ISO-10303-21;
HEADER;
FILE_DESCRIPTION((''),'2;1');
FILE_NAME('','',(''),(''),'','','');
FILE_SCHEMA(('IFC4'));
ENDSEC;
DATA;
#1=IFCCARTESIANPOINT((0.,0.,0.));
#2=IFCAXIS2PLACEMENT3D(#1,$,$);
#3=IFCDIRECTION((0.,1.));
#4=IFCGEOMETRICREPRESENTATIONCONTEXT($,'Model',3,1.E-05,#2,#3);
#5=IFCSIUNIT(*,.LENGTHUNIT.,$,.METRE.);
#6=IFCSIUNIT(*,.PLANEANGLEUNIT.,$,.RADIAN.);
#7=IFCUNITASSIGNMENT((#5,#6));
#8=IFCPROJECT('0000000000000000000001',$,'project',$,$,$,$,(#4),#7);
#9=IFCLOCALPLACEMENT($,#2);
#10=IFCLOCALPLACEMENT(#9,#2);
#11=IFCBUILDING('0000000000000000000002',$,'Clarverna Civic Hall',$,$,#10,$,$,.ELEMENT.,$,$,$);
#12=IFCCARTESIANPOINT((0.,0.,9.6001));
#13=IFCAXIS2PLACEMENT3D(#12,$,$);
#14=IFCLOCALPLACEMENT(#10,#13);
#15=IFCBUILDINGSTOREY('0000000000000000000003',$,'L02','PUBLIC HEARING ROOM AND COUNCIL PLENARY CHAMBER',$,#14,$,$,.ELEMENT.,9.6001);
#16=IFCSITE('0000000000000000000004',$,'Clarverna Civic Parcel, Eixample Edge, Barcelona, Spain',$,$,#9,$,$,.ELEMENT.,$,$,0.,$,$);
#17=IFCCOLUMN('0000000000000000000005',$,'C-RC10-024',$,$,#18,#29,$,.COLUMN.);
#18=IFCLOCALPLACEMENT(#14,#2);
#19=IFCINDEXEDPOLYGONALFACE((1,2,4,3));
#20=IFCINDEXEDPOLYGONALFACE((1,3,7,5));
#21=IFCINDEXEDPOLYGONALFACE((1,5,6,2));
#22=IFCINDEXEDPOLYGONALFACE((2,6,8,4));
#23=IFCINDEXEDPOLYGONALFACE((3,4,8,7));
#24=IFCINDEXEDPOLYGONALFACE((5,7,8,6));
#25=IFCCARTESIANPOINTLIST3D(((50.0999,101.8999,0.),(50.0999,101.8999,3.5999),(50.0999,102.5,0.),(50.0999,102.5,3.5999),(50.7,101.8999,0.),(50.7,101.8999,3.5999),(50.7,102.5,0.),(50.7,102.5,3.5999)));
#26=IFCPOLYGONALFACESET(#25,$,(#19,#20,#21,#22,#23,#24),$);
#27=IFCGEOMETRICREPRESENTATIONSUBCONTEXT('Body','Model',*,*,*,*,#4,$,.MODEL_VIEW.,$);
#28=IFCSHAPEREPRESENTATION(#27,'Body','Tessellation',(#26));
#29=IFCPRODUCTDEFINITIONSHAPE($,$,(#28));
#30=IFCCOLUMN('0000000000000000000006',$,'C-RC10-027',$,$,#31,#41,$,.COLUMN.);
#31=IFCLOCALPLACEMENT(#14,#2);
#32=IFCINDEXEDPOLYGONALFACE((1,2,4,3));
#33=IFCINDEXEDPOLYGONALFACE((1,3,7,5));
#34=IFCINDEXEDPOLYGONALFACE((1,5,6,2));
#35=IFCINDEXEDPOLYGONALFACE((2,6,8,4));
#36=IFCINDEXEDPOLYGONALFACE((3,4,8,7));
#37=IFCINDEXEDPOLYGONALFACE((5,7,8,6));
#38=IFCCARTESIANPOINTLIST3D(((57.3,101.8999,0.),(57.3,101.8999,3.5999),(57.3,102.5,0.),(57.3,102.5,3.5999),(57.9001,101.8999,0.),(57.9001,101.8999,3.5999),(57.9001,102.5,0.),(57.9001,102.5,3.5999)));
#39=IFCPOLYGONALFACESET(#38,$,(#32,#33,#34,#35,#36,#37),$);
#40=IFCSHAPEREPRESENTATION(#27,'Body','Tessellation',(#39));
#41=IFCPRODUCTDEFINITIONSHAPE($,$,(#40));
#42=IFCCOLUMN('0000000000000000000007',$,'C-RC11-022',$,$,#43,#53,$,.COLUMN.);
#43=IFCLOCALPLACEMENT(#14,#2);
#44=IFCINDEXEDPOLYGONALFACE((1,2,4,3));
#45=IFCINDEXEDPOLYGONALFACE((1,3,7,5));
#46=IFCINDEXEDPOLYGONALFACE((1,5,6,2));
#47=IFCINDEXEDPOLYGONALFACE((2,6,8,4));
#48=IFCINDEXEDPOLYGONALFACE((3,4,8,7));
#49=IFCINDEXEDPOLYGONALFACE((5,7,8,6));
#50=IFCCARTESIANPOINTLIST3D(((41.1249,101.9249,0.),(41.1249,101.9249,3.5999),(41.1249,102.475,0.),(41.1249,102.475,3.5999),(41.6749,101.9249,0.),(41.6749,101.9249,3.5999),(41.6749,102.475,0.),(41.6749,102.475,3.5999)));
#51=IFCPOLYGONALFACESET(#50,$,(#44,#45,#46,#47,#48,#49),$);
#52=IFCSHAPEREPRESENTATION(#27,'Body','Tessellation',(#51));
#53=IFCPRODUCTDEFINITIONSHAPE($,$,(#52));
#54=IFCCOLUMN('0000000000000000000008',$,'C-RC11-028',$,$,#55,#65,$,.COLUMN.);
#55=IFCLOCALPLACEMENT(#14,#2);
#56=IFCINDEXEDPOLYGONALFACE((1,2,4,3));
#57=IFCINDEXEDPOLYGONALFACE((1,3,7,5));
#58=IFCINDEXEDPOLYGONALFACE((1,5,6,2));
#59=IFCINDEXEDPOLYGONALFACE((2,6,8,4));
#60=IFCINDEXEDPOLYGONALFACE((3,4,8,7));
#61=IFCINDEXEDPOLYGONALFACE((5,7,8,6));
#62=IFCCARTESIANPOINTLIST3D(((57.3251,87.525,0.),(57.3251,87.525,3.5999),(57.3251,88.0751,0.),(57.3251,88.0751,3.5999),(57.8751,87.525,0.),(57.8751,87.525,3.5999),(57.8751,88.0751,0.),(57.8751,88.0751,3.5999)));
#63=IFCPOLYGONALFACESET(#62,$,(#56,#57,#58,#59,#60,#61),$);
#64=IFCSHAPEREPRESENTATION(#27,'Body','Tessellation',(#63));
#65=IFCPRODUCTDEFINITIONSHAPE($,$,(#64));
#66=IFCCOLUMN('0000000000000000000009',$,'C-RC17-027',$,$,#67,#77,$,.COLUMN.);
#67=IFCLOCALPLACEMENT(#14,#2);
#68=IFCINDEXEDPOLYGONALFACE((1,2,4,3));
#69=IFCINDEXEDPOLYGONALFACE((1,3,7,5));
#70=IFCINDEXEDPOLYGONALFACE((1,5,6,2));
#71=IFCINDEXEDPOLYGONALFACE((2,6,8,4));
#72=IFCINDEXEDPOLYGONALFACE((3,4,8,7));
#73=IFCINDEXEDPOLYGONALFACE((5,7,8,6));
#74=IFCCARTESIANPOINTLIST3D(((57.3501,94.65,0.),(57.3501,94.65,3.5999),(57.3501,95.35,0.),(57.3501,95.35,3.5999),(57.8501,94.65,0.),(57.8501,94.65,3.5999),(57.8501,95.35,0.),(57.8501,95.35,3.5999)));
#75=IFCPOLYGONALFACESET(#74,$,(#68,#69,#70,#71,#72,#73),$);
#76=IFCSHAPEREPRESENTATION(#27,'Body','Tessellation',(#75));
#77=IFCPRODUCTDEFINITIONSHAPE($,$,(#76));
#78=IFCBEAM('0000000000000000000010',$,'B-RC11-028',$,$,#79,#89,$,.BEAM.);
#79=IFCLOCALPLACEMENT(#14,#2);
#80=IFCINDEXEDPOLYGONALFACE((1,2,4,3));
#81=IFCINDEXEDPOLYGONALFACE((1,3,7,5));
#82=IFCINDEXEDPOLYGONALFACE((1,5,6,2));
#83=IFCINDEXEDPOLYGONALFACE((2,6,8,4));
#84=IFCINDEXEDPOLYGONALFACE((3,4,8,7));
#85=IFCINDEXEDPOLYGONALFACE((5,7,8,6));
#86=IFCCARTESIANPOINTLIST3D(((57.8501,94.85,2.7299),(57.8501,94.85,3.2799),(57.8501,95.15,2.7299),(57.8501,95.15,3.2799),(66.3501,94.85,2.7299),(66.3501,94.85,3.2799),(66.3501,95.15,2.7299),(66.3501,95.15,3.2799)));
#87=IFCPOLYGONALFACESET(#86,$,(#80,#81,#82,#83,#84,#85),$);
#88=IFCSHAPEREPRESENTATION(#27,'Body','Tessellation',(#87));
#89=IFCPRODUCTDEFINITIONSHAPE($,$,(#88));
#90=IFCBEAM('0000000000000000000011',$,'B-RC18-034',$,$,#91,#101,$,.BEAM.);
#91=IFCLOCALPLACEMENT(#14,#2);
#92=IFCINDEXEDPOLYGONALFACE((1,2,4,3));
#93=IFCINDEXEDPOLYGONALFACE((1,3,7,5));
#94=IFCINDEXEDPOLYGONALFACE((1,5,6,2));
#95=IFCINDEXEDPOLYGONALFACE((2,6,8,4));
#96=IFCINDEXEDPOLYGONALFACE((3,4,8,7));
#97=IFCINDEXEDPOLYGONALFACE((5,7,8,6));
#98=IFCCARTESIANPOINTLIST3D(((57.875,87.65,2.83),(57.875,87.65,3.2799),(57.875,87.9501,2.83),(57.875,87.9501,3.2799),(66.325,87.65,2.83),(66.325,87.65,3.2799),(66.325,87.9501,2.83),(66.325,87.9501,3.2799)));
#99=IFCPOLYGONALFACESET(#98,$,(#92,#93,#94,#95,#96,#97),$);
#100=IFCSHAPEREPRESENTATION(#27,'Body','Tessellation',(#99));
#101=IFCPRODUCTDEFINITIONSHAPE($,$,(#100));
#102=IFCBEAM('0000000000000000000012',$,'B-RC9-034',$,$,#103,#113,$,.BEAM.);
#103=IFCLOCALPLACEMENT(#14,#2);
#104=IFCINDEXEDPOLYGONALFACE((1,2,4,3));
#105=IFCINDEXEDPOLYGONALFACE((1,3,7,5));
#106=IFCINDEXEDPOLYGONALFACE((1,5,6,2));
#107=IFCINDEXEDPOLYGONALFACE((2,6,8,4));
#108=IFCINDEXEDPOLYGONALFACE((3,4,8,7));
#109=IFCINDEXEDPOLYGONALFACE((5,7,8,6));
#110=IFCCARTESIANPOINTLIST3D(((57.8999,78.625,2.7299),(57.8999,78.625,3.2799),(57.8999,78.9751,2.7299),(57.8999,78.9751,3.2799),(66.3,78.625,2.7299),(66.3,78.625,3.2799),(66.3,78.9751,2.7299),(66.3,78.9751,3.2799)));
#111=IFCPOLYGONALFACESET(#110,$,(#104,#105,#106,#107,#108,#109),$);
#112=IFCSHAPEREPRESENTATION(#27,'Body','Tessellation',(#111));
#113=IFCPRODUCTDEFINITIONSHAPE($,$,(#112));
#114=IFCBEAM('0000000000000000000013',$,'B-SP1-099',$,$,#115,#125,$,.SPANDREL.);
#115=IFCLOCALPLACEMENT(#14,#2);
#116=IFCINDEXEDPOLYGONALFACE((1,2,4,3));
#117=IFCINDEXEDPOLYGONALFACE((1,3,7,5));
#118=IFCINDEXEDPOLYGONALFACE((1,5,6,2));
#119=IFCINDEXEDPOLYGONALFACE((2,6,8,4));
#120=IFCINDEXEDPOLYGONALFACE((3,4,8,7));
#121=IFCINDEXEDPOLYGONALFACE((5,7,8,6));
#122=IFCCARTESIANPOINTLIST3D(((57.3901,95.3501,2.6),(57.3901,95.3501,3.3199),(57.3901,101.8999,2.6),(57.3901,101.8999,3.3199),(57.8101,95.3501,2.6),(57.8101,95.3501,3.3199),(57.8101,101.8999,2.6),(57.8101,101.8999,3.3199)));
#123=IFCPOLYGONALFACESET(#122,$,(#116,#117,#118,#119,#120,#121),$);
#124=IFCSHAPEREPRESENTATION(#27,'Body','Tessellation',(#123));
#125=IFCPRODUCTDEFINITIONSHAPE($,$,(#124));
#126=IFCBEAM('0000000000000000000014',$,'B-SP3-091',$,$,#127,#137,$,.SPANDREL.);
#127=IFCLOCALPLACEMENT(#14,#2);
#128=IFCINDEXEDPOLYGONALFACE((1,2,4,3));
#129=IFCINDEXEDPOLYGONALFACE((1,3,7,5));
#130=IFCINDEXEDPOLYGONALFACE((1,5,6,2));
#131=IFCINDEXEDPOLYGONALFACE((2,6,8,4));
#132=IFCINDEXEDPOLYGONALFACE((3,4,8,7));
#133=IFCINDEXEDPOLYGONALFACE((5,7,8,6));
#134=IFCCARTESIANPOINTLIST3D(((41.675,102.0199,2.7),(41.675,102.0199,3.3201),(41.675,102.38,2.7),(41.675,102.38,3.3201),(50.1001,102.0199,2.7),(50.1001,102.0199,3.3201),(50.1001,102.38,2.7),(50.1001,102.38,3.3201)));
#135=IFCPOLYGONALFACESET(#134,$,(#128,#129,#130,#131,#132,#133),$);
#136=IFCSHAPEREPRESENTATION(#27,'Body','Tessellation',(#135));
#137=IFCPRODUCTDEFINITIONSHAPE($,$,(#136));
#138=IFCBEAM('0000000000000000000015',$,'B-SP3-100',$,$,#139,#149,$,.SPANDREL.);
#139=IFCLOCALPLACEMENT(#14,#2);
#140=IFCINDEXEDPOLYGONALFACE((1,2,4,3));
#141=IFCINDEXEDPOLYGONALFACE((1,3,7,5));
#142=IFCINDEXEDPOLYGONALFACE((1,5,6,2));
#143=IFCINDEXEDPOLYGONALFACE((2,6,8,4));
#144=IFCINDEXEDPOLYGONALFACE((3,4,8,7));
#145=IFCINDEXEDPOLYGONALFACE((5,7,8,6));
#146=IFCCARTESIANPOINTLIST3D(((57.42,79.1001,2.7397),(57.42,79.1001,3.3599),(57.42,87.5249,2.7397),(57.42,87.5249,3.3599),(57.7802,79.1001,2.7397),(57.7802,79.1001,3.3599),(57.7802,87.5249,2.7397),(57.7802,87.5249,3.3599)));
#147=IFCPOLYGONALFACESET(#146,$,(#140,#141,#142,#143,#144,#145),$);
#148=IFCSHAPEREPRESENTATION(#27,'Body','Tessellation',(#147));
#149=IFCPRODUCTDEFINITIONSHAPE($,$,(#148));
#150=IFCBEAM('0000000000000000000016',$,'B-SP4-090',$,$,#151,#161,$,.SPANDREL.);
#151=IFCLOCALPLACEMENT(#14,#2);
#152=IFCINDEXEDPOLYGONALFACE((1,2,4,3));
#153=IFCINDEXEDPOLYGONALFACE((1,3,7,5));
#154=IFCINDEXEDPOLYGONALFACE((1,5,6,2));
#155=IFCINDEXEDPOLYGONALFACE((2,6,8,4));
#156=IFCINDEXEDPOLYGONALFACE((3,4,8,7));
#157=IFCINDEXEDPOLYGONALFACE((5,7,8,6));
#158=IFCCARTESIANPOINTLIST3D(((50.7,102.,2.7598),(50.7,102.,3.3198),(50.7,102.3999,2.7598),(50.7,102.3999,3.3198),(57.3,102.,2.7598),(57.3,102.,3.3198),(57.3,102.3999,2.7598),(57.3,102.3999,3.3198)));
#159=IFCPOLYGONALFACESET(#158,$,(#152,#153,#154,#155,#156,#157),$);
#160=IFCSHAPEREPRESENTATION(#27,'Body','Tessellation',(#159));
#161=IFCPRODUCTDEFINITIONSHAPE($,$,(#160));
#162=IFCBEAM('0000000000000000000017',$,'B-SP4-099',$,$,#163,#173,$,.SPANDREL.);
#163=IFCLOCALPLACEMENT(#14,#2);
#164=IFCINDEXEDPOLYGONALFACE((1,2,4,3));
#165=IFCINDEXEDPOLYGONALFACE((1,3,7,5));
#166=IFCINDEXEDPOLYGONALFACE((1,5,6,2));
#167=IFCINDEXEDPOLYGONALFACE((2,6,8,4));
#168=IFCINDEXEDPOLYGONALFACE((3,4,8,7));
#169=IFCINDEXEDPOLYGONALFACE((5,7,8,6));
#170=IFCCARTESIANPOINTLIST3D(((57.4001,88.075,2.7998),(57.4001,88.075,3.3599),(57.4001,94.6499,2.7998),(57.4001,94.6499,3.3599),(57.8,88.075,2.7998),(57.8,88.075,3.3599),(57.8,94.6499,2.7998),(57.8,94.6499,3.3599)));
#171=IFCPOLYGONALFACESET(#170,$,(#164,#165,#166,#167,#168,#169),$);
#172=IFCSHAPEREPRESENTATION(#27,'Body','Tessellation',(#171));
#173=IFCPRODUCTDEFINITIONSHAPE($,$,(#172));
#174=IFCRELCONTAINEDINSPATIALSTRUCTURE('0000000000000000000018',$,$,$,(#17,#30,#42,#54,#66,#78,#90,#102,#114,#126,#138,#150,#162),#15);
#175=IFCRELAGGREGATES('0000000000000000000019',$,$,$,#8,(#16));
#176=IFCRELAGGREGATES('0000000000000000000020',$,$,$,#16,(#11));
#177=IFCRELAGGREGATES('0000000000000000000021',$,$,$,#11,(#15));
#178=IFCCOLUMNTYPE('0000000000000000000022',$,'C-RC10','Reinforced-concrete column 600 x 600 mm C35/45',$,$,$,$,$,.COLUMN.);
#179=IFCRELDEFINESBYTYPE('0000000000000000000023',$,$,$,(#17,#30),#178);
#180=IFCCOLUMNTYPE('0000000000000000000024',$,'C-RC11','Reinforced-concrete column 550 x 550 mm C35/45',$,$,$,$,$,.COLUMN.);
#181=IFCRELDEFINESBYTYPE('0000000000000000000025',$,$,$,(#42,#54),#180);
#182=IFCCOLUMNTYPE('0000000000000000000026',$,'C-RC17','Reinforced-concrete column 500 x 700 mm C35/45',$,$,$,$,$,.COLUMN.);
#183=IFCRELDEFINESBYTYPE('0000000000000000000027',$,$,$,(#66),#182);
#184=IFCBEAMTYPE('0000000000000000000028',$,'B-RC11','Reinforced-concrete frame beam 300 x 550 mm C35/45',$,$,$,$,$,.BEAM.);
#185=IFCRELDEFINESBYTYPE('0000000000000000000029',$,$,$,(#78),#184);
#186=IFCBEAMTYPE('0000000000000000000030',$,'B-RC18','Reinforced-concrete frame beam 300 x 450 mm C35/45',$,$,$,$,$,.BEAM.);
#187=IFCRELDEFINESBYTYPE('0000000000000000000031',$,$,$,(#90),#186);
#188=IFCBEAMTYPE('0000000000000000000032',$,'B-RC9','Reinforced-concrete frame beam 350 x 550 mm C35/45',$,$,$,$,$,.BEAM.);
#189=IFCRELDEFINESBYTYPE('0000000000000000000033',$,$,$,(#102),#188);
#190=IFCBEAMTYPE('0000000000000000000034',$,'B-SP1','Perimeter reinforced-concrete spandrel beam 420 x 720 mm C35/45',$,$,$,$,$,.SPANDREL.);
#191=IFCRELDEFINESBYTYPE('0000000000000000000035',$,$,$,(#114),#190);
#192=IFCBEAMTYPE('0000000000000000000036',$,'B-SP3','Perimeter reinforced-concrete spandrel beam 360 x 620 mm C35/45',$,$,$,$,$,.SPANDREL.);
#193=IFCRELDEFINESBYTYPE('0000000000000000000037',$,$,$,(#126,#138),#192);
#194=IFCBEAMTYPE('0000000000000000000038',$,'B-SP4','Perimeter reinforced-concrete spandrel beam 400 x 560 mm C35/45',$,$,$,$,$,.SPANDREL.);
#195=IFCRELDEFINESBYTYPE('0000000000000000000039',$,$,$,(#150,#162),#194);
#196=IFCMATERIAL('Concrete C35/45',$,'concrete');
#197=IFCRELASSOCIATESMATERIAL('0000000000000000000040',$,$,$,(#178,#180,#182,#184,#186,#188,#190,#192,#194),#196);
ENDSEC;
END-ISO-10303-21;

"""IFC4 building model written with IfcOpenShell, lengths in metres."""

from ifc_helpers import new_model, si_unit, direction, frame, origin, origin_2d, place, context, subcontext, project, spatial, rectangle, extrude, material, material_profile, profile_set, type_object, element, save


model = new_model("IFC4")

# Units and contexts
model_context = context("Model", 3, precision=1e-05, world=origin(), true_north=direction((0.0, 1.0)))
body_context = subcontext(model_context, "Body", "Model", "MODEL_VIEW")
ifc_project = project(units=[si_unit("LENGTHUNIT", "METRE"), si_unit("PLANEANGLEUNIT", "RADIAN")], contexts=[model_context])

# Site, building, storey
site_placement = place(None, origin())
site = spatial("IfcSite", under=ifc_project, at=site_placement, Name="Clarverna Civic Parcel, Eixample Edge, Barcelona, Spain", CompositionType="ELEMENT", RefElevation=0.0)
building_placement = place(site_placement, origin())
building = spatial("IfcBuilding", under=site, at=building_placement, Name="Clarverna Civic Hall", CompositionType="ELEMENT")
storey_placement = place(building_placement, frame((0.0, 0.0, 9.6001)))
storey = spatial("IfcBuildingStorey", under=building, at=storey_placement, Name="L02", Description="PUBLIC HEARING ROOM AND COUNCIL PLENARY CHAMBER", CompositionType="ELEMENT", Elevation=9.6001)

# Columns
ifc_material_1 = material(Name="Concrete C35/45", Category="concrete")
ifc_material_profile_1 = material_profile(ifc_material_1, rectangle(XDim=0.6001, YDim=0.6001, at=origin_2d()), Name="RC 600x600")
ifc_profile_set_1 = profile_set([ifc_material_profile_1], Name="Concrete C35/45")
column_type_1 = type_object("IfcColumnType", Name="C-RC10", Description="Reinforced-concrete column 600 x 600 mm C35/45", PredefinedType="COLUMN", material=ifc_profile_set_1)
for number, where, z_axis, x_axis, name in (
    (1, (50.3999, 102.2, 0.0), (0.0, 0.0, 1.0), (1.0, 0.0, 0.0), "C-RC10-024"),
    (2, (57.6001, 102.2, 0.0), (0.0, 0.0, 1.0), (1.0, 0.0, 0.0), "C-RC10-027"),
):
    element("IfcColumn", number, at=place(storey_placement, frame(where, z_axis=z_axis, x_axis=x_axis)), inside=storey, type_object=column_type_1, Name=name, PredefinedType="COLUMN", context=body_context, shape_type="SweptSolid", body=[
        extrude(rectangle(XDim=0.6001, YDim=0.6001, at=origin_2d()), origin(), (0.0, 0.0, 1.0), 3.5999),
    ])
ifc_material_profile_2 = material_profile(ifc_material_1, rectangle(XDim=0.55, YDim=0.55, at=origin_2d()), Name="RC 550x550")
ifc_profile_set_2 = profile_set([ifc_material_profile_2], Name="Concrete C35/45")
column_type_2 = type_object("IfcColumnType", Name="C-RC11", Description="Reinforced-concrete column 550 x 550 mm C35/45", PredefinedType="COLUMN", material=ifc_profile_set_2)
for number, where, z_axis, x_axis, name in (
    (3, (41.3999, 102.2, 0.0), (0.0, 0.0, 1.0), (1.0, 0.0, 0.0), "C-RC11-022"),
    (4, (57.6001, 87.8, 0.0), (0.0, 0.0, 1.0), (1.0, 0.0, 0.0), "C-RC11-028"),
):
    element("IfcColumn", number, at=place(storey_placement, frame(where, z_axis=z_axis, x_axis=x_axis)), inside=storey, type_object=column_type_2, Name=name, PredefinedType="COLUMN", context=body_context, shape_type="SweptSolid", body=[
        extrude(rectangle(XDim=0.55, YDim=0.55, at=origin_2d()), origin(), (0.0, 0.0, 1.0), 3.5999),
    ])
ifc_material_profile_3 = material_profile(ifc_material_1, rectangle(XDim=0.5, YDim=0.7, at=origin_2d()), Name="RC 500x700")
ifc_profile_set_3 = profile_set([ifc_material_profile_3], Name="Concrete C35/45")
column_type_3 = type_object("IfcColumnType", Name="C-RC17", Description="Reinforced-concrete column 500 x 700 mm C35/45", PredefinedType="COLUMN", material=ifc_profile_set_3)
column_placement = place(storey_placement, frame((57.6001, 95.0, 0.0), z_axis=(0.0, 0.0, 1.0), x_axis=(1.0, 0.0, 0.0)))
element("IfcColumn", 5, at=column_placement, inside=storey, type_object=column_type_3, Name="C-RC17-027", PredefinedType="COLUMN", context=body_context, shape_type="SweptSolid", body=[
    extrude(rectangle(XDim=0.5, YDim=0.7, at=origin_2d()), origin(), (0.0, 0.0, 1.0), 3.5999),
])

# Beams
ifc_material_profile_4 = material_profile(ifc_material_1, rectangle(XDim=0.3, YDim=0.55, at=origin_2d()), Name="RC 300x550")
ifc_profile_set_4 = profile_set([ifc_material_profile_4], Name="Concrete C35/45")
beam_type_1 = type_object("IfcBeamType", Name="B-RC11", Description="Reinforced-concrete frame beam 300 x 550 mm C35/45", PredefinedType="BEAM", material=ifc_profile_set_4)
beam_1_placement = place(storey_placement, frame((57.8501, 95.0, 3.0049), z_axis=(1.0, 0.0, 0.0), x_axis=(0.0, 1.0, 0.0)))
element("IfcBeam", 6, at=beam_1_placement, inside=storey, type_object=beam_type_1, Name="B-RC11-028", PredefinedType="BEAM", context=body_context, shape_type="SweptSolid", body=[
    extrude(rectangle(XDim=0.3, YDim=0.55, at=origin_2d()), origin(), (0.0, 0.0, 1.0), 8.5),
])
ifc_material_profile_5 = material_profile(ifc_material_1, rectangle(XDim=0.3, YDim=0.45, at=origin_2d()), Name="RC 300x450")
ifc_profile_set_5 = profile_set([ifc_material_profile_5], Name="Concrete C35/45")
beam_type_2 = type_object("IfcBeamType", Name="B-RC18", Description="Reinforced-concrete frame beam 300 x 450 mm C35/45", PredefinedType="BEAM", material=ifc_profile_set_5)
beam_2_placement = place(storey_placement, frame((57.875, 87.8, 3.0549), z_axis=(1.0, 0.0, 0.0), x_axis=(0.0, 1.0, 0.0)))
element("IfcBeam", 7, at=beam_2_placement, inside=storey, type_object=beam_type_2, Name="B-RC18-034", PredefinedType="BEAM", context=body_context, shape_type="SweptSolid", body=[
    extrude(rectangle(XDim=0.3, YDim=0.45, at=origin_2d()), origin(), (0.0, 0.0, 1.0), 8.45),
])
ifc_material_profile_6 = material_profile(ifc_material_1, rectangle(XDim=0.3501, YDim=0.55, at=origin_2d()), Name="RC 350x550")
ifc_profile_set_6 = profile_set([ifc_material_profile_6], Name="Concrete C35/45")
beam_type_3 = type_object("IfcBeamType", Name="B-RC9", Description="Reinforced-concrete frame beam 350 x 550 mm C35/45", PredefinedType="BEAM", material=ifc_profile_set_6)
beam_3_placement = place(storey_placement, frame((57.8999, 78.8, 3.0049), z_axis=(1.0, 0.0, 0.0), x_axis=(0.0, 1.0, 0.0)))
element("IfcBeam", 8, at=beam_3_placement, inside=storey, type_object=beam_type_3, Name="B-RC9-034", PredefinedType="BEAM", context=body_context, shape_type="SweptSolid", body=[
    extrude(rectangle(XDim=0.3501, YDim=0.55, at=origin_2d()), origin(), (0.0, 0.0, 1.0), 8.4001),
])
ifc_material_profile_7 = material_profile(ifc_material_1, rectangle(XDim=0.4199, YDim=0.72, at=origin_2d()), Name="RC 420x720")
ifc_profile_set_7 = profile_set([ifc_material_profile_7], Name="Concrete C35/45")
beam_type_4 = type_object("IfcBeamType", Name="B-SP1", Description="Perimeter reinforced-concrete spandrel beam 420 x 720 mm C35/45", PredefinedType="SPANDREL", material=ifc_profile_set_7)
beam_4_placement = place(storey_placement, frame((57.6001, 95.3501, 2.96), z_axis=(0.0, 1.0, 0.0), x_axis=(-1.0, 0.0, 0.0)))
element("IfcBeam", 9, at=beam_4_placement, inside=storey, type_object=beam_type_4, Name="B-SP1-099", PredefinedType="SPANDREL", context=body_context, shape_type="SweptSolid", body=[
    extrude(rectangle(XDim=0.4199, YDim=0.72, at=origin_2d()), origin(), (0.0, 0.0, 1.0), 6.5498),
])
ifc_material_profile_8 = material_profile(ifc_material_1, rectangle(XDim=0.3601, YDim=0.6201, at=origin_2d()), Name="RC 360x620")
ifc_profile_set_8 = profile_set([ifc_material_profile_8], Name="Concrete C35/45")
beam_type_5 = type_object("IfcBeamType", Name="B-SP3", Description="Perimeter reinforced-concrete spandrel beam 360 x 620 mm C35/45", PredefinedType="SPANDREL", material=ifc_profile_set_8)
beam_5_placement = place(storey_placement, frame((41.675, 102.2, 3.01), z_axis=(1.0, 0.0, 0.0), x_axis=(0.0, 1.0, 0.0)))
element("IfcBeam", 10, at=beam_5_placement, inside=storey, type_object=beam_type_5, Name="B-SP3-091", PredefinedType="SPANDREL", context=body_context, shape_type="SweptSolid", body=[
    extrude(rectangle(XDim=0.3601, YDim=0.6201, at=origin_2d()), origin(), (0.0, 0.0, 1.0), 8.425),
])
beam_6_placement = place(storey_placement, frame((57.6001, 79.1001, 3.0498), z_axis=(0.0, 1.0, 0.0), x_axis=(-1.0, 0.0, 0.0)))
element("IfcBeam", 11, at=beam_6_placement, inside=storey, type_object=beam_type_5, Name="B-SP3-100", PredefinedType="SPANDREL", context=body_context, shape_type="SweptSolid", body=[
    extrude(rectangle(XDim=0.3601, YDim=0.6201, at=origin_2d()), origin(), (0.0, 0.0, 1.0), 8.4248),
])
ifc_material_profile_9 = material_profile(ifc_material_1, rectangle(XDim=0.3999, YDim=0.5601, at=origin_2d()), Name="RC 400x560")
ifc_profile_set_9 = profile_set([ifc_material_profile_9], Name="Concrete C35/45")
beam_type_6 = type_object("IfcBeamType", Name="B-SP4", Description="Perimeter reinforced-concrete spandrel beam 400 x 560 mm C35/45", PredefinedType="SPANDREL", material=ifc_profile_set_9)
beam_7_placement = place(storey_placement, frame((50.7, 102.2, 3.0398), z_axis=(1.0, 0.0, 0.0), x_axis=(0.0, 1.0, 0.0)))
element("IfcBeam", 12, at=beam_7_placement, inside=storey, type_object=beam_type_6, Name="B-SP4-090", PredefinedType="SPANDREL", context=body_context, shape_type="SweptSolid", body=[
    extrude(rectangle(XDim=0.3999, YDim=0.5601, at=origin_2d()), origin(), (0.0, 0.0, 1.0), 6.6001),
])
beam_8_placement = place(storey_placement, frame((57.6001, 88.075, 3.0798), z_axis=(0.0, 1.0, 0.0), x_axis=(-1.0, 0.0, 0.0)))
element("IfcBeam", 13, at=beam_8_placement, inside=storey, type_object=beam_type_6, Name="B-SP4-099", PredefinedType="SPANDREL", context=body_context, shape_type="SweptSolid", body=[
    extrude(rectangle(XDim=0.3999, YDim=0.5601, at=origin_2d()), origin(), (0.0, 0.0, 1.0), 6.575),
])

save(model, "model.ifc")
